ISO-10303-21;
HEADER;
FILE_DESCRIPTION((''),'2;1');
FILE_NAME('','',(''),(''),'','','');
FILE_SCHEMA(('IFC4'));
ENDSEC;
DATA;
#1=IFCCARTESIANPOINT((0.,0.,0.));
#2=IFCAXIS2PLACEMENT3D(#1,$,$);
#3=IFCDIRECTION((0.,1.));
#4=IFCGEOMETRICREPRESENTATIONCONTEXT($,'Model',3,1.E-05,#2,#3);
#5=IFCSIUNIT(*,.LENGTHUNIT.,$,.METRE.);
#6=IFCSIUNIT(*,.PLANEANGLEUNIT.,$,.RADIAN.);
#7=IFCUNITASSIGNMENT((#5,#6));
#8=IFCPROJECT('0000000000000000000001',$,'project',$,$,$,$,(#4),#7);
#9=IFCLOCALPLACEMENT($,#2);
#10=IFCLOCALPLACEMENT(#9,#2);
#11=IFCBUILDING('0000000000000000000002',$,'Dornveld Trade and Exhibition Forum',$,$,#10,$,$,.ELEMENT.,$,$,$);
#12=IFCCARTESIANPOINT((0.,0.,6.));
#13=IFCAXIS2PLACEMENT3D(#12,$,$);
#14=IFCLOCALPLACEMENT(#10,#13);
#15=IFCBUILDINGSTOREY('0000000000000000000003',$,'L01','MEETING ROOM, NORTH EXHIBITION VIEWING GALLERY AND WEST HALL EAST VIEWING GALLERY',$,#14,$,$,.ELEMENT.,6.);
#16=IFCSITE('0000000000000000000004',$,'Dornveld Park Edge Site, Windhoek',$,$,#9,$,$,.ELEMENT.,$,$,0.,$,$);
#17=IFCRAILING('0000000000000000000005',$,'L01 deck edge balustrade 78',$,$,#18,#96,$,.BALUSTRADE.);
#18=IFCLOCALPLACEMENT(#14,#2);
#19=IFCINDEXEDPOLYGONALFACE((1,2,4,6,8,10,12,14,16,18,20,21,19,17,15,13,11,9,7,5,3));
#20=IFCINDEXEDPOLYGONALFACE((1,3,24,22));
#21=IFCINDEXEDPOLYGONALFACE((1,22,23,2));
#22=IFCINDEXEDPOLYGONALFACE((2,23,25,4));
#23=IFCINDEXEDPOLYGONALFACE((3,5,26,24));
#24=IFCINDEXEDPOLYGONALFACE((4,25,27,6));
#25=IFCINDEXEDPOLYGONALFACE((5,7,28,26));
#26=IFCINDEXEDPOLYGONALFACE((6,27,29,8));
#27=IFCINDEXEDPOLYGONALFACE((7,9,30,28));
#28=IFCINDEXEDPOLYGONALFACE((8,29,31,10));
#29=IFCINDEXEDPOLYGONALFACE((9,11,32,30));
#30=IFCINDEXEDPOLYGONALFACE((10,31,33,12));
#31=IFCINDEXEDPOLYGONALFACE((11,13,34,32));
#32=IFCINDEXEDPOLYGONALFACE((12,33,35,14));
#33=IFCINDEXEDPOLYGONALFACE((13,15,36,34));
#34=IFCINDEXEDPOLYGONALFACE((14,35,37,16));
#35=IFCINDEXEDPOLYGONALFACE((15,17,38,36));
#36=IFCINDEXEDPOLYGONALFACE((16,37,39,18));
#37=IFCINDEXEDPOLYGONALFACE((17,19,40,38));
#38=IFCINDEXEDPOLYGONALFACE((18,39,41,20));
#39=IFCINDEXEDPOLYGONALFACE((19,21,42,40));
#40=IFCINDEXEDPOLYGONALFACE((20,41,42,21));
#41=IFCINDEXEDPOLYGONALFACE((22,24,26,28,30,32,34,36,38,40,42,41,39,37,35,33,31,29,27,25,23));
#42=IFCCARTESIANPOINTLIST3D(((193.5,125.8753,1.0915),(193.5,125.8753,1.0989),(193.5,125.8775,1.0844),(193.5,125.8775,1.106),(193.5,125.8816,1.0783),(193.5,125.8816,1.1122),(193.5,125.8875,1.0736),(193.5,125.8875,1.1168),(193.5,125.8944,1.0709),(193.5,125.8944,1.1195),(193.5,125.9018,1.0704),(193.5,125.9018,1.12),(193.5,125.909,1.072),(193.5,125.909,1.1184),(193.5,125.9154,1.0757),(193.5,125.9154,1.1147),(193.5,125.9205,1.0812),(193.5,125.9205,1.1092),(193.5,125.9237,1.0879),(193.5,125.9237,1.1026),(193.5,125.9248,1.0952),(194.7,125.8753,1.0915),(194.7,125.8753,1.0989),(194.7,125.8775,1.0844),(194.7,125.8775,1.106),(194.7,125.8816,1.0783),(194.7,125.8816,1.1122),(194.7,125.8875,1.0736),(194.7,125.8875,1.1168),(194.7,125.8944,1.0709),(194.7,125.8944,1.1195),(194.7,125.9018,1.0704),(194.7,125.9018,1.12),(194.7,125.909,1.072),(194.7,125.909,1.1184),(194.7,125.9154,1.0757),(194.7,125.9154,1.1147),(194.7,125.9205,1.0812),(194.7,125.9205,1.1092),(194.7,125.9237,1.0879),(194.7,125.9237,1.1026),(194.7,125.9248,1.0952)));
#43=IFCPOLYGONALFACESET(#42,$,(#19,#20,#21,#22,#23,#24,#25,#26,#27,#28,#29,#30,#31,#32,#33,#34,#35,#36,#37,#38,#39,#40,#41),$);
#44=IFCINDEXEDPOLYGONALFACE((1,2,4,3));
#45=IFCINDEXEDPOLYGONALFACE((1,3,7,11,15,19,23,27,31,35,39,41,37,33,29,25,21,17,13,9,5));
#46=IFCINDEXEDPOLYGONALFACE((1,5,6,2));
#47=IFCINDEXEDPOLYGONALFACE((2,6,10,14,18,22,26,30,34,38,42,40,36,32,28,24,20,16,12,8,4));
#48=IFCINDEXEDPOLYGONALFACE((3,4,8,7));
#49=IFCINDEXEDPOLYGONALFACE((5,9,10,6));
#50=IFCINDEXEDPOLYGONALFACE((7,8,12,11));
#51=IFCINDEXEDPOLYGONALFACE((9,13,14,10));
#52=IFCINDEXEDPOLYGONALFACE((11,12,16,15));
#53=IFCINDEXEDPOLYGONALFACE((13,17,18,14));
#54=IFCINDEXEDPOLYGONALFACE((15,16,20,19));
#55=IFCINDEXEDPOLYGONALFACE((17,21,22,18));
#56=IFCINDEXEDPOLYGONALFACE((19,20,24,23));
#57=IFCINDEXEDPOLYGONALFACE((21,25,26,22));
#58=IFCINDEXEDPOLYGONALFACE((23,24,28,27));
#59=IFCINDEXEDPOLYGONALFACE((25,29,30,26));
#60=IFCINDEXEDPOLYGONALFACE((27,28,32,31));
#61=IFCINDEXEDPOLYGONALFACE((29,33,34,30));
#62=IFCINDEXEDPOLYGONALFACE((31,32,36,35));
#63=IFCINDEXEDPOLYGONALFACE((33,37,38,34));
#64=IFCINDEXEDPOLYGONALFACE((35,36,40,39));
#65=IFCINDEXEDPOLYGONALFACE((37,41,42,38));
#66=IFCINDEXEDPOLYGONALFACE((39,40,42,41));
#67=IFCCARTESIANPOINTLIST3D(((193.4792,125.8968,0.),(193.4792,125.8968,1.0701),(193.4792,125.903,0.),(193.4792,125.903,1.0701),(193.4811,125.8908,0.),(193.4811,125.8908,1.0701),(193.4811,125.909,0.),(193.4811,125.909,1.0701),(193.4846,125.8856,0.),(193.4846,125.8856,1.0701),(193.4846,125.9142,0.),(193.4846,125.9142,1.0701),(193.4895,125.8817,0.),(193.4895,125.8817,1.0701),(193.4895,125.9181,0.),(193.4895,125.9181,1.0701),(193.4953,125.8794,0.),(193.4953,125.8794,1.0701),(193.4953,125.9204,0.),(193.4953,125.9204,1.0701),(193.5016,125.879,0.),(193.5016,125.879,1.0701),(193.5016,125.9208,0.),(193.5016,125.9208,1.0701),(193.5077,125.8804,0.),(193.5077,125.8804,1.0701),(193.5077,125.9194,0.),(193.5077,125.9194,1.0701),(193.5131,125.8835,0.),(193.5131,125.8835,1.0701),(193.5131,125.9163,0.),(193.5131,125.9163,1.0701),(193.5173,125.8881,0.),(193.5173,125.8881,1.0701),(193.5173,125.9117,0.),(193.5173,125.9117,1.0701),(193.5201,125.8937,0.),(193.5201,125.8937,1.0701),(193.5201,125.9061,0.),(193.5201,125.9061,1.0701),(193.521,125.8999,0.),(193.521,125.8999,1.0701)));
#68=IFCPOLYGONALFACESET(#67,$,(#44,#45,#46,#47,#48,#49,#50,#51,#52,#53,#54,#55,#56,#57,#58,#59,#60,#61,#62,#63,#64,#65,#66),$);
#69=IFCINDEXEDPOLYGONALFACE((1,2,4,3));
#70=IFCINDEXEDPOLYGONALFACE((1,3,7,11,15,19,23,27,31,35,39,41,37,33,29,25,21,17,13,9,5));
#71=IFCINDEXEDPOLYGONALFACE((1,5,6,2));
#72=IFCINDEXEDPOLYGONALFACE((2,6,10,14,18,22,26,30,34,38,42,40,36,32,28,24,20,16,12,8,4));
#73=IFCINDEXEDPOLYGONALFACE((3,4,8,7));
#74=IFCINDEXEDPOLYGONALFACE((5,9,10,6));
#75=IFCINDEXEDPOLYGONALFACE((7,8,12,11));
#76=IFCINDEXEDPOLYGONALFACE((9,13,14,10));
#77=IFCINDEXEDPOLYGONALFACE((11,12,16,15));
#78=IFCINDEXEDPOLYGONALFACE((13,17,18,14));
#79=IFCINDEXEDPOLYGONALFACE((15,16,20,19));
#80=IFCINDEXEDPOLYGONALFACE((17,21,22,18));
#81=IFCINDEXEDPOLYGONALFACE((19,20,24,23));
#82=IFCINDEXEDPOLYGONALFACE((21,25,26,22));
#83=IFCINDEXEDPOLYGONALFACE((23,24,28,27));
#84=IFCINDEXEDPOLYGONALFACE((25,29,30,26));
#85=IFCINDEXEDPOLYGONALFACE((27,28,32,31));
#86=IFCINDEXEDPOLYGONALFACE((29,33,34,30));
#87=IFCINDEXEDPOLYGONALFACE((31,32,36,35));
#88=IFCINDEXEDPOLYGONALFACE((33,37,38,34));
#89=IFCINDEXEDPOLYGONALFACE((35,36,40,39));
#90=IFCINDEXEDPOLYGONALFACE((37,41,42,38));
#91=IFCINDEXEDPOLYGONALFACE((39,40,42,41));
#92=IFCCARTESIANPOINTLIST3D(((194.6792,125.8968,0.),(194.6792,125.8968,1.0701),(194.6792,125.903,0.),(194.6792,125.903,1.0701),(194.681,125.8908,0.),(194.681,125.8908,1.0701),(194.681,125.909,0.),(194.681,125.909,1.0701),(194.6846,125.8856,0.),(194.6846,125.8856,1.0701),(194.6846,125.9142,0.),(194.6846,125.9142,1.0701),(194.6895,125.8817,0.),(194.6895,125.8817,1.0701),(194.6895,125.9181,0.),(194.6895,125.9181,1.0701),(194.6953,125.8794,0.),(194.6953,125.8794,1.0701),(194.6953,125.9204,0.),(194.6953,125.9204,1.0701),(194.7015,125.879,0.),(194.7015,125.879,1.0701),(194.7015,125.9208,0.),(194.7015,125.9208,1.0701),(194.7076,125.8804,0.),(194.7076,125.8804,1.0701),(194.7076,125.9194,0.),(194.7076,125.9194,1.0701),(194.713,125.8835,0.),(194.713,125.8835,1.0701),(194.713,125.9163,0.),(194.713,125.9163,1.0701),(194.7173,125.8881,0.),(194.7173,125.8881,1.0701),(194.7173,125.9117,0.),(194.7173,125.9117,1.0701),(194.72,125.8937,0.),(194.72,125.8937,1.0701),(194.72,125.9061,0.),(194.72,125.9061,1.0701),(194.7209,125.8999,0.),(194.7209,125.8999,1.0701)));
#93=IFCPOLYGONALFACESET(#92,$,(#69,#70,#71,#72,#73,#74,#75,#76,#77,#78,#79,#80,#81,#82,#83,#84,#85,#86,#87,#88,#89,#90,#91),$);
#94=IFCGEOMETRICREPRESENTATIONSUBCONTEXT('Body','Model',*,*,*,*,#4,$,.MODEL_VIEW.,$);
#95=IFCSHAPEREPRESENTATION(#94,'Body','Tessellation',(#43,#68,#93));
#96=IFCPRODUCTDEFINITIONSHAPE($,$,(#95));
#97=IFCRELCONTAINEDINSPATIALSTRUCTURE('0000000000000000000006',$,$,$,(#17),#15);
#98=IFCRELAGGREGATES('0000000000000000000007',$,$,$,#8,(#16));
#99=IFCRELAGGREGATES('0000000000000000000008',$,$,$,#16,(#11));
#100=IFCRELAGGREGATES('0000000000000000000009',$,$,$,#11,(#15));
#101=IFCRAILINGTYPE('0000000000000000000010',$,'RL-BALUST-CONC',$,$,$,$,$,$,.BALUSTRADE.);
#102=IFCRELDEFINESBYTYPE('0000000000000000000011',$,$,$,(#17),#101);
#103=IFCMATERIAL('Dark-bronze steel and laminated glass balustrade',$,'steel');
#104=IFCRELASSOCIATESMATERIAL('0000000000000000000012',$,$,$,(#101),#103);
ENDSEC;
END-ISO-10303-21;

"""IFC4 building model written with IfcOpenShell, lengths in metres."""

from ifc_helpers import new_model, si_unit, direction, frame, origin, origin_2d, place, context, subcontext, project, spatial, circle, extrude, material, type_object, element, save


model = new_model("IFC4")

# Units and contexts
model_context = context("Model", 3, precision=1e-05, world=origin(), true_north=direction((0.0, 1.0)))
body_context = subcontext(model_context, "Body", "Model", "MODEL_VIEW")
ifc_project = project(units=[si_unit("LENGTHUNIT", "METRE"), si_unit("PLANEANGLEUNIT", "RADIAN")], contexts=[model_context])

# Site, building, storey
site_placement = place(None, origin())
site = spatial("IfcSite", under=ifc_project, at=site_placement, Name="Dornveld Park Edge Site, Windhoek", CompositionType="ELEMENT", RefElevation=0.0)
building_placement = place(site_placement, origin())
building = spatial("IfcBuilding", under=site, at=building_placement, Name="Dornveld Trade and Exhibition Forum", CompositionType="ELEMENT")
storey_placement = place(building_placement, frame((0.0, 0.0, 6.0)))
storey = spatial("IfcBuildingStorey", under=building, at=storey_placement, Name="L01", Description="MEETING ROOM, NORTH EXHIBITION VIEWING GALLERY AND WEST HALL EAST VIEWING GALLERY", CompositionType="ELEMENT", Elevation=6.0)

# Railing
ifc_material_1 = material(Name="Dark-bronze steel and laminated glass balustrade", Category="steel")
railing_type = type_object("IfcRailingType", Name="RL-BALUST-CONC", PredefinedType="BALUSTRADE", material=ifc_material_1)
railing_1_placement = place(storey_placement, frame((193.5, 125.8999, 0.0)))
element("IfcRailing", 1, at=railing_1_placement, inside=storey, type_object=railing_type, Name="L01 deck edge balustrade 78", PredefinedType="BALUSTRADE", context=body_context, shape_type="SweptSolid", body=[
    extrude(circle(Radius=0.0249, at=origin_2d()), frame((0.0, 0.0, 1.0952), z_axis=(1.0, 0.0, 0.0), x_axis=(0.0, 1.0, 0.0)), (0.0, 0.0, 1.0), 1.2),
    extrude(circle(Radius=0.021, at=origin_2d()), origin(), (0.0, 0.0, 1.0), 1.0701),
    extrude(circle(Radius=0.021, at=origin_2d()), frame((1.2, 0.0, 0.0)), (0.0, 0.0, 1.0), 1.0701),
])

save(model, "model.ifc")
